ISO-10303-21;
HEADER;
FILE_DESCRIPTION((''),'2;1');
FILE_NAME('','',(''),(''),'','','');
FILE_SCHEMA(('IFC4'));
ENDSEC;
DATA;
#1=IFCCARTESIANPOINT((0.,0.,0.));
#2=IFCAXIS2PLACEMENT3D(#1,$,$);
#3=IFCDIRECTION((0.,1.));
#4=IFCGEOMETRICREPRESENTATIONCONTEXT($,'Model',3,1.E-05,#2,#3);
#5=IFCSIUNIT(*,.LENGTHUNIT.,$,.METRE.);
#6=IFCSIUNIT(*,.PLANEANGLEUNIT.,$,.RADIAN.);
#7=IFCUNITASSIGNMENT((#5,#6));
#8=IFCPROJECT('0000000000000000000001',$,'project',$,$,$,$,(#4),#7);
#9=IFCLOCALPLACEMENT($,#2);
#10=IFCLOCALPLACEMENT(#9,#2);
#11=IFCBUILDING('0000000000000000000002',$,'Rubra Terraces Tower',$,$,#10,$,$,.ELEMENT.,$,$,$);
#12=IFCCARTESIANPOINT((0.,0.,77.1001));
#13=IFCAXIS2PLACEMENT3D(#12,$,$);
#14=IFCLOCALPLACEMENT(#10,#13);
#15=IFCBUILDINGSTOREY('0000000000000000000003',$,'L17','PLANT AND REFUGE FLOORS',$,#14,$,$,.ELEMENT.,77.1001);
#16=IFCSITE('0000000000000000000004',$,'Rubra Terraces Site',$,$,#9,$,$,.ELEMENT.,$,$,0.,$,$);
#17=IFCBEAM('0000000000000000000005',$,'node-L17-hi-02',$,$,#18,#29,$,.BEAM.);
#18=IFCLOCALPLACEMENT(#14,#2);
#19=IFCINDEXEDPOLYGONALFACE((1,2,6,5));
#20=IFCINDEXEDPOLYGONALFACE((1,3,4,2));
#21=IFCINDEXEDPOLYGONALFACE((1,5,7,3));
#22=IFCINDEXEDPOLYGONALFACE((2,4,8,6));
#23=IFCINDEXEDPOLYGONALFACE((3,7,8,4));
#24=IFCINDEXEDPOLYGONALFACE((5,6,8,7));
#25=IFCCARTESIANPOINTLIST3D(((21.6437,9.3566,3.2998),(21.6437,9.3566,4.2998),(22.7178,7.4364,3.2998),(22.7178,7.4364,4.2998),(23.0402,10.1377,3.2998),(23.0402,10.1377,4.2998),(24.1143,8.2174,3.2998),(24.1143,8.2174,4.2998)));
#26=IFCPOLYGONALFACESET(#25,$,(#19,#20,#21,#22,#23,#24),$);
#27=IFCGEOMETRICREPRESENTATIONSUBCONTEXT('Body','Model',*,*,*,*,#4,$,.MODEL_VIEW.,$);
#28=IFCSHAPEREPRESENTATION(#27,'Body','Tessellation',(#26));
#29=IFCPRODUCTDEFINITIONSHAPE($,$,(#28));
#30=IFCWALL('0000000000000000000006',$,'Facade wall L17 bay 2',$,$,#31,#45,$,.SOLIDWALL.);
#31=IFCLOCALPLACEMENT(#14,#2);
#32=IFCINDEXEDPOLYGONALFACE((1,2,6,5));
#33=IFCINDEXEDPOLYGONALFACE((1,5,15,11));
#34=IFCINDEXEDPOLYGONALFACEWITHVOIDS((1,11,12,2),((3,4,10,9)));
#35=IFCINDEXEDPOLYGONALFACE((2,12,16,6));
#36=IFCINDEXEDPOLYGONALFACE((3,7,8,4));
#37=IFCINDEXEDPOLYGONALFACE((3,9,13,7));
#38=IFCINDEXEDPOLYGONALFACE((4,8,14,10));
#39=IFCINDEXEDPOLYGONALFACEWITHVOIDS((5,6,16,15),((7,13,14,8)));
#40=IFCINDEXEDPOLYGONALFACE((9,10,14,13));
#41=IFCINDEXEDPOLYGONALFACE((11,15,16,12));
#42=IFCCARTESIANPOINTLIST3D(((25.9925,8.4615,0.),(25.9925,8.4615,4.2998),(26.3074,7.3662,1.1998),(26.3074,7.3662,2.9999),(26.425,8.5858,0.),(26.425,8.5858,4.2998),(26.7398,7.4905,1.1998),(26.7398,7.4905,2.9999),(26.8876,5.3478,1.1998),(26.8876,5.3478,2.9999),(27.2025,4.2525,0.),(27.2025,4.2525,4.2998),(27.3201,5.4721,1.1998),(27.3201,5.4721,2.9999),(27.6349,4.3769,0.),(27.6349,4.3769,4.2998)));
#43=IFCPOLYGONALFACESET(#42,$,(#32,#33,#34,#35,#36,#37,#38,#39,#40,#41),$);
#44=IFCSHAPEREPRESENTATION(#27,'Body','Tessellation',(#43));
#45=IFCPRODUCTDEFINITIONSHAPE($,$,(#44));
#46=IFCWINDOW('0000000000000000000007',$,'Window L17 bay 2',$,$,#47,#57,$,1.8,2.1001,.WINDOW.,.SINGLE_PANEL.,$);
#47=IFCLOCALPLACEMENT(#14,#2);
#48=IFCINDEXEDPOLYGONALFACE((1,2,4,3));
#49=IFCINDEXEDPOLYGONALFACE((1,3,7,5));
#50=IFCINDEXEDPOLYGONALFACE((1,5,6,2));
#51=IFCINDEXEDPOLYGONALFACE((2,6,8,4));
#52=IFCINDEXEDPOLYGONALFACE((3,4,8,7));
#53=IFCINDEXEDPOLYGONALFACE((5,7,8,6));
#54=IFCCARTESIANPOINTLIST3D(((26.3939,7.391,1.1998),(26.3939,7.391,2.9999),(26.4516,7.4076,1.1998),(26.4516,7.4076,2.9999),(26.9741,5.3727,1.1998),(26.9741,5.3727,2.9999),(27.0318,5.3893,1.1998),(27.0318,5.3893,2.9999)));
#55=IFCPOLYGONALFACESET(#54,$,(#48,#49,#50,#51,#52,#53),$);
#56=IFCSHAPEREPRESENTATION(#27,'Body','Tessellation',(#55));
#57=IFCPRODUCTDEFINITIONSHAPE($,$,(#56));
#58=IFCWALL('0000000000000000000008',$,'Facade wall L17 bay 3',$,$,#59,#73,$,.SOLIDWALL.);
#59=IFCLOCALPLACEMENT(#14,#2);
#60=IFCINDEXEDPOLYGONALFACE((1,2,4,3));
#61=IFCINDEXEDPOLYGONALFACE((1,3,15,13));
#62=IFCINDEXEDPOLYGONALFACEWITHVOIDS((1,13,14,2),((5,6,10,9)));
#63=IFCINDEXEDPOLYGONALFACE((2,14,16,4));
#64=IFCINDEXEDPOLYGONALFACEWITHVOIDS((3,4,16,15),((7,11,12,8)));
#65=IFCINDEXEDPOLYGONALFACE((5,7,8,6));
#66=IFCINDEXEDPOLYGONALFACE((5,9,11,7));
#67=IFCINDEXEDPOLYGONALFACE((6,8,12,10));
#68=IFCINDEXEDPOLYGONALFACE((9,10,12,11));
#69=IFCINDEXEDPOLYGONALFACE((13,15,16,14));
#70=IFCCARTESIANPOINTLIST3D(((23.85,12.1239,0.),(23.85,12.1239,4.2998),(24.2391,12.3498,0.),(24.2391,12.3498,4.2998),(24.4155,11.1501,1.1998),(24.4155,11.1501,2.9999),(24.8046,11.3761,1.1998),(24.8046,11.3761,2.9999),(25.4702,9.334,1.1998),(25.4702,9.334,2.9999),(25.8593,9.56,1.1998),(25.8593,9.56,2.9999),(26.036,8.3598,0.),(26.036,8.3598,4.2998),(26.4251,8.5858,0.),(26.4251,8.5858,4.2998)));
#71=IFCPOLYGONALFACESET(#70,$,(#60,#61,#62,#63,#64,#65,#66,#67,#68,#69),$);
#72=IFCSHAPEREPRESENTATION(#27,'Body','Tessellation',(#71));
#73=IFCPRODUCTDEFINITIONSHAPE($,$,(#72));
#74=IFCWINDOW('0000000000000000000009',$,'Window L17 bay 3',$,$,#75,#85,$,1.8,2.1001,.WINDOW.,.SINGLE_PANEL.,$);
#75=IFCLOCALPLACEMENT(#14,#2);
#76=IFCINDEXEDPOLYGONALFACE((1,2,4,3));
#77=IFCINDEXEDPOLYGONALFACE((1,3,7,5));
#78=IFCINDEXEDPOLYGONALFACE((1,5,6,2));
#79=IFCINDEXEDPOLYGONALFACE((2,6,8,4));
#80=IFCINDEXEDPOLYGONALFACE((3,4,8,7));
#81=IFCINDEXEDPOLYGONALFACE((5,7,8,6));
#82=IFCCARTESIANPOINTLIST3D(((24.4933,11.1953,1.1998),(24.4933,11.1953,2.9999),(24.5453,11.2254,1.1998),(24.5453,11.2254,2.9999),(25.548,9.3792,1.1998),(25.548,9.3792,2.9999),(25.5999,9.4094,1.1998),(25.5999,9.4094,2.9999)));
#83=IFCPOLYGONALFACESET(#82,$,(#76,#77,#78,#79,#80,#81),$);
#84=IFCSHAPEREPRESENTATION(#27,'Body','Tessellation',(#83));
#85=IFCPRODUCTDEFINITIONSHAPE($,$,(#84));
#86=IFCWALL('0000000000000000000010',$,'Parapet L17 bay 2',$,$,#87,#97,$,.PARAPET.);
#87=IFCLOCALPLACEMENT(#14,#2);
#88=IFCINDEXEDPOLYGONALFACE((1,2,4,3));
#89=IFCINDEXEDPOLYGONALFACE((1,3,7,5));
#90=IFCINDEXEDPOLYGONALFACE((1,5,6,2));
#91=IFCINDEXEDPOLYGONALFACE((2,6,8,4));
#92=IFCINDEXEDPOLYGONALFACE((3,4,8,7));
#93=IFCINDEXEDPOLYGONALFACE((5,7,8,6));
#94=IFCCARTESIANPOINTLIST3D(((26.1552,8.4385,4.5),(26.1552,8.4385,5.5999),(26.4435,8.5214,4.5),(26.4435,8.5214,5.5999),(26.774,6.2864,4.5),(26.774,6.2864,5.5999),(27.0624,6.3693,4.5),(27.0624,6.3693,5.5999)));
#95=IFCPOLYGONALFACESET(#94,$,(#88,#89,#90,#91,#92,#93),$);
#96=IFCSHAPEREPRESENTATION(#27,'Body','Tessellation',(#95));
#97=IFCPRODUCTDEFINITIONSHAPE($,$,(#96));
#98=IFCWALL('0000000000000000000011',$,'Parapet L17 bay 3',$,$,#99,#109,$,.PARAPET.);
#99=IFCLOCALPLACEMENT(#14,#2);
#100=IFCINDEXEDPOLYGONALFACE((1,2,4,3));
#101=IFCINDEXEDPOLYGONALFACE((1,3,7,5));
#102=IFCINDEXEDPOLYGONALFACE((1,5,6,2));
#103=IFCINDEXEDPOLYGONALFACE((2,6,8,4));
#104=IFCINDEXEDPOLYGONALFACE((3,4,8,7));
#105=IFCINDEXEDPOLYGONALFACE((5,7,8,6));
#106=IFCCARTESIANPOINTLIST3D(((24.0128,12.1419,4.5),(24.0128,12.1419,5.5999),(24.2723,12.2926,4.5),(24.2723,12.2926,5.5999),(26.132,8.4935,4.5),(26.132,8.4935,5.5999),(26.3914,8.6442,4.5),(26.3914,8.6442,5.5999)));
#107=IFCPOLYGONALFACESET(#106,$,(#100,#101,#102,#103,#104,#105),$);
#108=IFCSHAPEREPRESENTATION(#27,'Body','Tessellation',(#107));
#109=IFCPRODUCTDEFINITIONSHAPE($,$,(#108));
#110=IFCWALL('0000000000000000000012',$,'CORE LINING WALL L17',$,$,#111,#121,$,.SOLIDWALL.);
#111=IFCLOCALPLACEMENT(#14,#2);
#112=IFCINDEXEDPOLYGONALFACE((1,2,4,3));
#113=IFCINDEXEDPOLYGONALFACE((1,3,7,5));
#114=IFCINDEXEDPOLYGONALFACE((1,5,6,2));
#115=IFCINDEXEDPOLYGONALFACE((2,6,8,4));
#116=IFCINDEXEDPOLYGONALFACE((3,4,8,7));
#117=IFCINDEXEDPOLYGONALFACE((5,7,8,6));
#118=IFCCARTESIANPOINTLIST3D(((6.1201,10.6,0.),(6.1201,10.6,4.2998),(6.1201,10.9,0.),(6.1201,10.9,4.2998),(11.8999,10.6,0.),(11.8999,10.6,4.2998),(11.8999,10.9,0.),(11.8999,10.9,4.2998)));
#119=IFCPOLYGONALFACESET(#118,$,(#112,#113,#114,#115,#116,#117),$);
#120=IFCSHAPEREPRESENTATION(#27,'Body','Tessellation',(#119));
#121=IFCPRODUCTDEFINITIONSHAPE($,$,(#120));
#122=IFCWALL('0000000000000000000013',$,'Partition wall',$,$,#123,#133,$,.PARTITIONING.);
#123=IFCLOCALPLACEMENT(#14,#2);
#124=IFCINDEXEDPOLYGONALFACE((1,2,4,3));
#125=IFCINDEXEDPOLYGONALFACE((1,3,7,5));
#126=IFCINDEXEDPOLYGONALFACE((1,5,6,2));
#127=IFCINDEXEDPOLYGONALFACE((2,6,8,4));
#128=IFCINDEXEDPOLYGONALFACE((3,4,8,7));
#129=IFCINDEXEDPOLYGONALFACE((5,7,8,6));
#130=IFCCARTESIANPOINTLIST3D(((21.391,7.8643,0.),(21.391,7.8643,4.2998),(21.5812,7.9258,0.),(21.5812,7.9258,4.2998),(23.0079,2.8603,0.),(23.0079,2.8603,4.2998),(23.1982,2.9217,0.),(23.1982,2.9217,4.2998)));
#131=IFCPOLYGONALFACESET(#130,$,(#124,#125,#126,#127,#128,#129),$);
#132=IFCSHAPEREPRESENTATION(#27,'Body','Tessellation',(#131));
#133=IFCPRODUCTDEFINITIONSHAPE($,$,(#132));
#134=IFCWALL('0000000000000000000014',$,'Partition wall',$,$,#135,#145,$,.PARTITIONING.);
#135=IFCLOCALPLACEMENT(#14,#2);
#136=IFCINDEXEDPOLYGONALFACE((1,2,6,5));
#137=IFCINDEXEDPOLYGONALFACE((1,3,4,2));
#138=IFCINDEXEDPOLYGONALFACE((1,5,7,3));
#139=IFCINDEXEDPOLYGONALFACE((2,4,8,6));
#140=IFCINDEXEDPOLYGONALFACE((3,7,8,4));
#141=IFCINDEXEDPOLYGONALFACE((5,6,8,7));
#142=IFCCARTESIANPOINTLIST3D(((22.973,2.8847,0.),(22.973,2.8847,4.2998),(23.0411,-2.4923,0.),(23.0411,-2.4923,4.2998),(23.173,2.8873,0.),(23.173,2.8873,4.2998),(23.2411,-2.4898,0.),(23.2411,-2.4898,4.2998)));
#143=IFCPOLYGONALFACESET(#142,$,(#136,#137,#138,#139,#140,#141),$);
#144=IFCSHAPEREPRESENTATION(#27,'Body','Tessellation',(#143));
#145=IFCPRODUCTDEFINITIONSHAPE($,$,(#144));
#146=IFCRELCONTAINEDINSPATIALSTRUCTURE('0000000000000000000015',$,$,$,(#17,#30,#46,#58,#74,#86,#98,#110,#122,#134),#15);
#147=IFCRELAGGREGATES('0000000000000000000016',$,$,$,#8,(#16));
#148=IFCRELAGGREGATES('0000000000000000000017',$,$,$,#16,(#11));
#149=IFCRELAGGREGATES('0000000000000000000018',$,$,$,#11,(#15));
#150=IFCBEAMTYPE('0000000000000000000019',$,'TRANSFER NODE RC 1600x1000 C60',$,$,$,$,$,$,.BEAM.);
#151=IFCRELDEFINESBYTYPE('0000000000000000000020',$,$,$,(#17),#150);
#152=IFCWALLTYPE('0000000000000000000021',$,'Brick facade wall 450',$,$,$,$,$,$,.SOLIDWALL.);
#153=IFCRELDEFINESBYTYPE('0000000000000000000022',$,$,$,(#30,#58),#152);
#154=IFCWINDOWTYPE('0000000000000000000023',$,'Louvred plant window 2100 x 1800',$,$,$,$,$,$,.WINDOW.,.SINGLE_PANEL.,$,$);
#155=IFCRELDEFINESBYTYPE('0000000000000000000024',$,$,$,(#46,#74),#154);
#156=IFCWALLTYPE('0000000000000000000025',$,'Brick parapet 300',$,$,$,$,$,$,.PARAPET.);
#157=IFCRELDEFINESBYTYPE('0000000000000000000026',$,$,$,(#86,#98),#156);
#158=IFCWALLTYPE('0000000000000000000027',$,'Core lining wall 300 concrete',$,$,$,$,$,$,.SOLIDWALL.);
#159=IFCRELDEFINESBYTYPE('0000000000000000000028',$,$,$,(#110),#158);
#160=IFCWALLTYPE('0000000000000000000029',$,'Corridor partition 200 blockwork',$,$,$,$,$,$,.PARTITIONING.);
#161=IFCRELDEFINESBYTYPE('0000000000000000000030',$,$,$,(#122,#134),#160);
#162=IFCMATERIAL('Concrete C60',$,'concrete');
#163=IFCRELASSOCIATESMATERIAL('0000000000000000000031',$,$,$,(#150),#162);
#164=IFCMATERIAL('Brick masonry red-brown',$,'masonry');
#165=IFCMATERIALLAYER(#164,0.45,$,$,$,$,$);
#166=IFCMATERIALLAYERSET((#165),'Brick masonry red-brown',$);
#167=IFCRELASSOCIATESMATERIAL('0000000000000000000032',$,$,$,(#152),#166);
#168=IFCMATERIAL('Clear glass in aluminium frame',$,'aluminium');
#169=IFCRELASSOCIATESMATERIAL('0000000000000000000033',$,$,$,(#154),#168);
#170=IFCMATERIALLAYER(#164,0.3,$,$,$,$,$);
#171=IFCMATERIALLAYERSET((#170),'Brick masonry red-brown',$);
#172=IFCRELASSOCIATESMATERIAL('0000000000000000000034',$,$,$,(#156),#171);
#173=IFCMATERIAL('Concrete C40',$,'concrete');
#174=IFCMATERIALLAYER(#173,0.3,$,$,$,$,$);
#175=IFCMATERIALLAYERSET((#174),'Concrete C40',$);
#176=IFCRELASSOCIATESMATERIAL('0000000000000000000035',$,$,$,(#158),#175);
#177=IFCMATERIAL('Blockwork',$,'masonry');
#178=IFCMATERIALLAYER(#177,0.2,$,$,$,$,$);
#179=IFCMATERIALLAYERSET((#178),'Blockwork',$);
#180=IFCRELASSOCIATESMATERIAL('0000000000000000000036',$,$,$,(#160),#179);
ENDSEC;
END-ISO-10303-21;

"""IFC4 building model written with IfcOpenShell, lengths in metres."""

from ifc_helpers import new_model, si_unit, direction, frame, frame_2d, origin, origin_2d, place, context, subcontext, project, spatial, rectangle, extrude, material, layer, layer_set, material_profile, profile_set, type_object, element, fill, save


model = new_model("IFC4")

# Units and contexts
model_context = context("Model", 3, precision=1e-05, world=origin(), true_north=direction((0.0, 1.0)))
body_context = subcontext(model_context, "Body", "Model", "MODEL_VIEW")
ifc_project = project(units=[si_unit("LENGTHUNIT", "METRE"), si_unit("PLANEANGLEUNIT", "RADIAN")], contexts=[model_context])

# Site, building, storey
site_placement = place(None, origin())
site = spatial("IfcSite", under=ifc_project, at=site_placement, Name="Rubra Terraces Site", CompositionType="ELEMENT", RefElevation=0.0)
building_placement = place(site_placement, origin())
building = spatial("IfcBuilding", under=site, at=building_placement, Name="Rubra Terraces Tower", CompositionType="ELEMENT")
storey_placement = place(building_placement, frame((0.0, 0.0, 77.1001)))
storey = spatial("IfcBuildingStorey", under=building, at=storey_placement, Name="L17", Description="PLANT AND REFUGE FLOORS", CompositionType="ELEMENT", Elevation=77.1001)

# Shared definitions
ifc_material_1 = material(Name="Concrete C60", Category="concrete")

# Beam
ifc_material_profile_1 = material_profile(ifc_material_1, rectangle(XDim=1.6001, YDim=1.0, at=origin_2d()), Name="RC 1600x1000")
ifc_profile_set_1 = profile_set([ifc_material_profile_1], Name="Concrete C60")
beam_type_1 = type_object("IfcBeamType", Name="TRANSFER NODE RC 1600x1000 C60", PredefinedType="BEAM", material=ifc_profile_set_1)
beam_1_placement = place(storey_placement, frame((23.416, 7.8269, 3.7998), z_axis=(-0.488147, 0.872761, 0.0), x_axis=(-0.872761, -0.488147, 0.0)))
element("IfcBeam", 1, at=beam_1_placement, inside=storey, type_object=beam_type_1, Name="node-L17-hi-02", PredefinedType="BEAM", context=body_context, shape_type="SweptSolid", body=[
    extrude(rectangle(XDim=1.6001, YDim=1.0, at=origin_2d()), origin(), (0.0, 0.0, 1.0), 2.2002),
])

# Walls, openings, windows
ifc_material_2 = material(Name="Brick masonry red-brown", Category="masonry")
ifc_layer_1 = layer(ifc_material_2, 0.45)
ifc_layer_set_1 = layer_set([ifc_layer_1], Name="Brick masonry red-brown")
wall_type_1 = type_object("IfcWallType", Name="Brick facade wall 450", PredefinedType="SOLIDWALL", material=ifc_layer_set_1)
wall_1_placement = place(storey_placement, frame((27.4187, 4.3147, 0.0), z_axis=(0.0, 0.0, 1.0), x_axis=(-0.276282, 0.961077, 0.0)))
wall_1 = element("IfcWall", 2, at=wall_1_placement, inside=storey, type_object=wall_type_1, Name="Facade wall L17 bay 2", PredefinedType="SOLIDWALL", context=body_context, shape_type="SweptSolid", body=[
    extrude(rectangle(XDim=4.3794, YDim=0.45, at=frame_2d((2.1897, 0.0))), origin(), (0.0, 0.0, 1.0), 4.2998),
])
opening_1_placement = place(wall_1_placement, frame((1.1396, 0.0, 1.2)))
opening_1 = element("IfcOpeningElement", 3, at=opening_1_placement, cuts=wall_1, PredefinedType="OPENING", context=body_context, shape_type="SweptSolid", body=[
    extrude(rectangle(XDim=2.1001, YDim=1.8, at=frame_2d((1.05, 0.8999))), frame((0.0, 0.2349, 0.0), z_axis=(0.0, -1.0, 0.0), x_axis=(1.0, 0.0, 0.0)), (0.0, 0.0, 1.0), 0.47),
])
ifc_material_3 = material(Name="Clear glass in aluminium frame", Category="aluminium")
window_type = type_object("IfcWindowType", Name="Louvred plant window 2100 x 1800", PartitioningType="SINGLE_PANEL", PredefinedType="WINDOW", material=ifc_material_3)
window_1_placement = place(opening_1_placement, origin())
window_1 = element("IfcWindow", 4, at=window_1_placement, inside=storey, type_object=window_type, Name="Window L17 bay 2", OverallHeight=1.8, OverallWidth=2.1001, PartitioningType="SINGLE_PANEL", PredefinedType="WINDOW", context=body_context, shape_type="SweptSolid", body=[
    extrude(rectangle(XDim=2.1001, YDim=1.8, at=frame_2d((1.05, 0.8999))), frame((0.0, 0.135, 0.0), z_axis=(0.0, -1.0, 0.0), x_axis=(1.0, 0.0, 0.0)), (0.0, 0.0, 1.0), 0.0601),
])
fill(opening_1, window_1)
wall_2_placement = place(storey_placement, frame((26.2305, 8.4729, 0.0), z_axis=(0.0, 0.0, 1.0), x_axis=(-0.502203, 0.86475, 0.0)))
wall_2 = element("IfcWall", 5, at=wall_2_placement, inside=storey, type_object=wall_type_1, Name="Facade wall L17 bay 3", PredefinedType="SOLIDWALL", context=body_context, shape_type="SweptSolid", body=[
    extrude(rectangle(XDim=4.3528, YDim=0.45, at=frame_2d((2.1763, 0.0))), origin(), (0.0, 0.0, 1.0), 4.2998),
])
opening_2_placement = place(wall_2_placement, frame((1.1265, 0.0, 1.2)))
opening_2 = element("IfcOpeningElement", 6, at=opening_2_placement, cuts=wall_2, PredefinedType="OPENING", context=body_context, shape_type="SweptSolid", body=[
    extrude(rectangle(XDim=2.1001, YDim=1.8, at=frame_2d((1.05, 0.8999))), frame((0.0, 0.2349, 0.0), z_axis=(0.0, -1.0, 0.0), x_axis=(1.0, 0.0, 0.0)), (0.0, 0.0, 1.0), 0.47),
])
window_2_placement = place(opening_2_placement, origin())
window_2 = element("IfcWindow", 7, at=window_2_placement, inside=storey, type_object=window_type, Name="Window L17 bay 3", OverallHeight=1.8, OverallWidth=2.1001, PartitioningType="SINGLE_PANEL", PredefinedType="WINDOW", context=body_context, shape_type="SweptSolid", body=[
    extrude(rectangle(XDim=2.1001, YDim=1.8, at=frame_2d((1.05, 0.8999))), frame((0.0, 0.135, 0.0), z_axis=(0.0, -1.0, 0.0), x_axis=(1.0, 0.0, 0.0)), (0.0, 0.0, 1.0), 0.0601),
])
fill(opening_2, window_2)

# Walls
ifc_layer_2 = layer(ifc_material_2, 0.3)
ifc_layer_set_2 = layer_set([ifc_layer_2], Name="Brick masonry red-brown")
wall_type_2 = type_object("IfcWallType", Name="Brick parapet 300", PredefinedType="PARAPET", material=ifc_layer_set_2)
wall_3_placement = place(storey_placement, frame((26.9182, 6.3279, 4.5), z_axis=(0.0, 0.0, 1.0), x_axis=(-0.276377, 0.961049, 0.0)))
element("IfcWall", 8, at=wall_3_placement, inside=storey, type_object=wall_type_2, Name="Parapet L17 bay 2", PredefinedType="PARAPET", context=body_context, shape_type="SweptSolid", body=[
    extrude(rectangle(XDim=2.2393, YDim=0.3, at=frame_2d((1.1196, 0.0))), origin(), (0.0, 0.0, 1.0), 1.0999),
])
wall_4_placement = place(storey_placement, frame((26.2617, 8.5688, 4.5), z_axis=(0.0, 0.0, 1.0), x_axis=(-0.502258, 0.864718, 0.0)))
element("IfcWall", 9, at=wall_4_placement, inside=storey, type_object=wall_type_2, Name="Parapet L17 bay 3", PredefinedType="PARAPET", context=body_context, shape_type="SweptSolid", body=[
    extrude(rectangle(XDim=4.2192, YDim=0.3, at=frame_2d((2.1096, 0.0))), origin(), (0.0, 0.0, 1.0), 1.0999),
])
ifc_material_4 = material(Name="Concrete C40", Category="concrete")
ifc_layer_3 = layer(ifc_material_4, 0.3)
ifc_layer_set_3 = layer_set([ifc_layer_3], Name="Concrete C40")
wall_type_3 = type_object("IfcWallType", Name="Core lining wall 300 concrete", PredefinedType="SOLIDWALL", material=ifc_layer_set_3)
wall_5_placement = place(storey_placement, frame((11.8999, 10.75, 0.0), z_axis=(0.0, 0.0, 1.0), x_axis=(-1.0, 0.0, 0.0)))
element("IfcWall", 10, at=wall_5_placement, inside=storey, type_object=wall_type_3, Name="CORE LINING WALL L17", PredefinedType="SOLIDWALL", context=body_context, shape_type="SweptSolid", body=[
    extrude(rectangle(XDim=5.7798, YDim=0.3, at=frame_2d((2.8899, 0.0))), origin(), (0.0, 0.0, 1.0), 4.2998),
])
ifc_material_5 = material(Name="Blockwork", Category="masonry")
ifc_layer_4 = layer(ifc_material_5, 0.2)
ifc_layer_set_4 = layer_set([ifc_layer_4], Name="Blockwork")
wall_type_4 = type_object("IfcWallType", Name="Corridor partition 200 blockwork", PredefinedType="PARTITIONING", material=ifc_layer_set_4)
wall_6_placement = place(storey_placement, frame((21.4861, 7.895, 0.0), z_axis=(0.0, 0.0, 1.0), x_axis=(0.307482, -0.951554, 0.0)))
element("IfcWall", 11, at=wall_6_placement, inside=storey, type_object=wall_type_4, Name="Partition wall", PredefinedType="PARTITIONING", context=body_context, shape_type="SweptSolid", body=[
    extrude(rectangle(XDim=5.2588, YDim=0.2, at=frame_2d((2.6294, 0.0))), origin(), (0.0, 0.0, 1.0), 4.2998),
])
wall_7_placement = place(storey_placement, frame((23.073, 2.886, 0.0), z_axis=(0.0, 0.0, 1.0), x_axis=(0.012667, -0.99992, 0.0)))
element("IfcWall", 12, at=wall_7_placement, inside=storey, type_object=wall_type_4, Name="Partition wall", PredefinedType="PARTITIONING", context=body_context, shape_type="SweptSolid", body=[
    extrude(rectangle(XDim=5.3774, YDim=0.2, at=frame_2d((2.6887, 0.0))), origin(), (0.0, 0.0, 1.0), 4.2998),
])

save(model, "model.ifc")
